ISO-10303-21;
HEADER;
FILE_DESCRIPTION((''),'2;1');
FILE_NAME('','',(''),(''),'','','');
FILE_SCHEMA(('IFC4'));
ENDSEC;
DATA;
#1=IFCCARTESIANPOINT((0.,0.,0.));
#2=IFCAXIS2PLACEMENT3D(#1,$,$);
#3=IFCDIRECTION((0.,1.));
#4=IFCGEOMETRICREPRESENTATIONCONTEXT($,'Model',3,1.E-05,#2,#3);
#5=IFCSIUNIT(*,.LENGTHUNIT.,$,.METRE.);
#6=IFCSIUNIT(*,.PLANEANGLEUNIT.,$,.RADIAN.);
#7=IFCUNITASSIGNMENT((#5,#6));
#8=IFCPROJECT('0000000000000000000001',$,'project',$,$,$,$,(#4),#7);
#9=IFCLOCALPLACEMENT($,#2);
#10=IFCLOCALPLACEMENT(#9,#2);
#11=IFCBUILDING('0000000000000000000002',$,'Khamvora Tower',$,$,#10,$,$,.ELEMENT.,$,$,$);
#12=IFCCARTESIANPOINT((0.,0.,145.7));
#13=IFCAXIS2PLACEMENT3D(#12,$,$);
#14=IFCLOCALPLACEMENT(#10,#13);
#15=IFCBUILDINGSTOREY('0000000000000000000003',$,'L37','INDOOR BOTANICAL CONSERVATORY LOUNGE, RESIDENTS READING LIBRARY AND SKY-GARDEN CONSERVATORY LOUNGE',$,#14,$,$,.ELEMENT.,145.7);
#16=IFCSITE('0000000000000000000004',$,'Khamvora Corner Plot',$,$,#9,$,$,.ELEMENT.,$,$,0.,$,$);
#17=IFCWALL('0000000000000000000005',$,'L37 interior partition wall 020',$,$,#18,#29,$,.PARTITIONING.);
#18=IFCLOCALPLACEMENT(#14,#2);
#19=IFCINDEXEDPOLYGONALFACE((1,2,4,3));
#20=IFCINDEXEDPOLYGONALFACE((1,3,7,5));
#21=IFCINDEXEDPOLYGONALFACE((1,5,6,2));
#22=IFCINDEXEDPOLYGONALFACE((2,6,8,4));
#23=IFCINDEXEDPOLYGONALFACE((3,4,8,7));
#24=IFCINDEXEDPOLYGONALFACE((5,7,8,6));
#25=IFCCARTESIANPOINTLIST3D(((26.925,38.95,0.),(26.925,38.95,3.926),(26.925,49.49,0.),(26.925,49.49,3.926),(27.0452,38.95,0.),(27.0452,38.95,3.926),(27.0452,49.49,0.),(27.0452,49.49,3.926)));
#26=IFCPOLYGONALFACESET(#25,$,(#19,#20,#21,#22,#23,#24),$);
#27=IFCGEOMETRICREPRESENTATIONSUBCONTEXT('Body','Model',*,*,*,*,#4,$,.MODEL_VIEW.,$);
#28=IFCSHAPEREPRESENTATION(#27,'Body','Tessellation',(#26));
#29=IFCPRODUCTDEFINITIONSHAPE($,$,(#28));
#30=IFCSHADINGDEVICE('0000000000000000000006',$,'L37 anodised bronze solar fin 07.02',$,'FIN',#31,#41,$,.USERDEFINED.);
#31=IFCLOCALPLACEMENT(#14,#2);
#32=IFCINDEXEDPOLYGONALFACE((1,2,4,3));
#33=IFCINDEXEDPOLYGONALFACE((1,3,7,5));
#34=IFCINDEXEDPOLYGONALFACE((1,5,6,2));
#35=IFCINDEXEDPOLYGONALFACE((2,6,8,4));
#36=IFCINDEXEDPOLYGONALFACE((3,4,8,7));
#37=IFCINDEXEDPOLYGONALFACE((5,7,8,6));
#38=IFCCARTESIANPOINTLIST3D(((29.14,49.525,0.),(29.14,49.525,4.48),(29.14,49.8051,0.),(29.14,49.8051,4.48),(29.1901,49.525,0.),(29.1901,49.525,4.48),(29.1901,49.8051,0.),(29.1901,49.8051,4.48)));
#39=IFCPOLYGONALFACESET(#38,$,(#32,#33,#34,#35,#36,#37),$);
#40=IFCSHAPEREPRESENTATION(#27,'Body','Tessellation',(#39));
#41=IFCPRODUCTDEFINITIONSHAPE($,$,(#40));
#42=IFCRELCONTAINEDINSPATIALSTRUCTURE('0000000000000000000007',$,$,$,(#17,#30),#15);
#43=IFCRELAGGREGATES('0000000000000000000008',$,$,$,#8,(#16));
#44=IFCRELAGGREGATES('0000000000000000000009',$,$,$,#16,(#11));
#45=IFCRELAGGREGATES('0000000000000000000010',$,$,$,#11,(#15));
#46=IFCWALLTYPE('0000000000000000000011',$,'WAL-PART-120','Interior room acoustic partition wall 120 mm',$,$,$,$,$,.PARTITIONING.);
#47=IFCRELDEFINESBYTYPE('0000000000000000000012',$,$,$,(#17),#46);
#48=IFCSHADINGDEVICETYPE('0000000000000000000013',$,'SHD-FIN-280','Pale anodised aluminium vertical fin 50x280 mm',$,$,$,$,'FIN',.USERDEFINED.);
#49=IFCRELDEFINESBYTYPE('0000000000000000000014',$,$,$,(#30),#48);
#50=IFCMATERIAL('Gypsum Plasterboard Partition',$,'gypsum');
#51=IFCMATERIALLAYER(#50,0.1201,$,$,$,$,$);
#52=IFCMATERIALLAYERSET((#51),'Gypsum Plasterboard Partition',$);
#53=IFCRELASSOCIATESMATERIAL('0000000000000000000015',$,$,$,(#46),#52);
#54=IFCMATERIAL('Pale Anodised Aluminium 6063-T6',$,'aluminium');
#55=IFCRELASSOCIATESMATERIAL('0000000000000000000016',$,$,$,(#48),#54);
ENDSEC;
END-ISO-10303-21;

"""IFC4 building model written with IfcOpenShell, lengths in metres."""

from ifc_helpers import new_model, si_unit, direction, frame, frame_2d, origin, origin_2d, place, context, subcontext, project, spatial, rectangle, extrude, material, layer, layer_set, type_object, element, save


model = new_model("IFC4")

# Units and contexts
model_context = context("Model", 3, precision=1e-05, world=origin(), true_north=direction((0.0, 1.0)))
body_context = subcontext(model_context, "Body", "Model", "MODEL_VIEW")
ifc_project = project(units=[si_unit("LENGTHUNIT", "METRE"), si_unit("PLANEANGLEUNIT", "RADIAN")], contexts=[model_context])

# Site, building, storey
site_placement = place(None, origin())
site = spatial("IfcSite", under=ifc_project, at=site_placement, Name="Khamvora Corner Plot", CompositionType="ELEMENT", RefElevation=0.0)
building_placement = place(site_placement, origin())
building = spatial("IfcBuilding", under=site, at=building_placement, Name="Khamvora Tower", CompositionType="ELEMENT")
storey_placement = place(building_placement, frame((0.0, 0.0, 145.7)))
storey = spatial("IfcBuildingStorey", under=building, at=storey_placement, Name="L37", Description="INDOOR BOTANICAL CONSERVATORY LOUNGE, RESIDENTS READING LIBRARY AND SKY-GARDEN CONSERVATORY LOUNGE", CompositionType="ELEMENT", Elevation=145.7)

# Wall
ifc_material_1 = material(Name="Gypsum Plasterboard Partition", Category="gypsum")
ifc_layer_1 = layer(ifc_material_1, 0.1201)
ifc_layer_set_1 = layer_set([ifc_layer_1], Name="Gypsum Plasterboard Partition")
wall_type_1 = type_object("IfcWallType", Name="WAL-PART-120", Description="Interior room acoustic partition wall 120 mm", PredefinedType="PARTITIONING", material=ifc_layer_set_1)
wall_1_placement = place(storey_placement, frame((26.9851, 49.49, 0.0), z_axis=(0.0, 0.0, 1.0), x_axis=(0.0, -1.0, 0.0)))
element("IfcWall", 1, at=wall_1_placement, inside=storey, type_object=wall_type_1, Name="L37 interior partition wall 020", PredefinedType="PARTITIONING", context=body_context, shape_type="SweptSolid", body=[
    extrude(rectangle(XDim=10.54, YDim=0.1201, at=frame_2d((5.27, 0.0))), origin(), (0.0, 0.0, 1.0), 3.926),
])

# Shading device
ifc_material_2 = material(Name="Pale Anodised Aluminium 6063-T6", Category="aluminium")
shading_device_type = type_object("IfcShadingDeviceType", Name="SHD-FIN-280", Description="Pale anodised aluminium vertical fin 50x280 mm", ElementType="FIN", PredefinedType="USERDEFINED", material=ifc_material_2)
shading_device_placement = place(storey_placement, frame((29.165, 49.665, 0.0), z_axis=(0.0, 0.0, 1.0), x_axis=(1.0, 0.0, 0.0)))
element("IfcShadingDevice", 2, at=shading_device_placement, inside=storey, type_object=shading_device_type, Name="L37 anodised bronze solar fin 07.02", ObjectType="FIN", PredefinedType="USERDEFINED", context=body_context, shape_type="SweptSolid", body=[
    extrude(rectangle(XDim=0.05, YDim=0.28, at=origin_2d()), origin(), (0.0, 0.0, 1.0), 4.48),
])

save(model, "model.ifc")
